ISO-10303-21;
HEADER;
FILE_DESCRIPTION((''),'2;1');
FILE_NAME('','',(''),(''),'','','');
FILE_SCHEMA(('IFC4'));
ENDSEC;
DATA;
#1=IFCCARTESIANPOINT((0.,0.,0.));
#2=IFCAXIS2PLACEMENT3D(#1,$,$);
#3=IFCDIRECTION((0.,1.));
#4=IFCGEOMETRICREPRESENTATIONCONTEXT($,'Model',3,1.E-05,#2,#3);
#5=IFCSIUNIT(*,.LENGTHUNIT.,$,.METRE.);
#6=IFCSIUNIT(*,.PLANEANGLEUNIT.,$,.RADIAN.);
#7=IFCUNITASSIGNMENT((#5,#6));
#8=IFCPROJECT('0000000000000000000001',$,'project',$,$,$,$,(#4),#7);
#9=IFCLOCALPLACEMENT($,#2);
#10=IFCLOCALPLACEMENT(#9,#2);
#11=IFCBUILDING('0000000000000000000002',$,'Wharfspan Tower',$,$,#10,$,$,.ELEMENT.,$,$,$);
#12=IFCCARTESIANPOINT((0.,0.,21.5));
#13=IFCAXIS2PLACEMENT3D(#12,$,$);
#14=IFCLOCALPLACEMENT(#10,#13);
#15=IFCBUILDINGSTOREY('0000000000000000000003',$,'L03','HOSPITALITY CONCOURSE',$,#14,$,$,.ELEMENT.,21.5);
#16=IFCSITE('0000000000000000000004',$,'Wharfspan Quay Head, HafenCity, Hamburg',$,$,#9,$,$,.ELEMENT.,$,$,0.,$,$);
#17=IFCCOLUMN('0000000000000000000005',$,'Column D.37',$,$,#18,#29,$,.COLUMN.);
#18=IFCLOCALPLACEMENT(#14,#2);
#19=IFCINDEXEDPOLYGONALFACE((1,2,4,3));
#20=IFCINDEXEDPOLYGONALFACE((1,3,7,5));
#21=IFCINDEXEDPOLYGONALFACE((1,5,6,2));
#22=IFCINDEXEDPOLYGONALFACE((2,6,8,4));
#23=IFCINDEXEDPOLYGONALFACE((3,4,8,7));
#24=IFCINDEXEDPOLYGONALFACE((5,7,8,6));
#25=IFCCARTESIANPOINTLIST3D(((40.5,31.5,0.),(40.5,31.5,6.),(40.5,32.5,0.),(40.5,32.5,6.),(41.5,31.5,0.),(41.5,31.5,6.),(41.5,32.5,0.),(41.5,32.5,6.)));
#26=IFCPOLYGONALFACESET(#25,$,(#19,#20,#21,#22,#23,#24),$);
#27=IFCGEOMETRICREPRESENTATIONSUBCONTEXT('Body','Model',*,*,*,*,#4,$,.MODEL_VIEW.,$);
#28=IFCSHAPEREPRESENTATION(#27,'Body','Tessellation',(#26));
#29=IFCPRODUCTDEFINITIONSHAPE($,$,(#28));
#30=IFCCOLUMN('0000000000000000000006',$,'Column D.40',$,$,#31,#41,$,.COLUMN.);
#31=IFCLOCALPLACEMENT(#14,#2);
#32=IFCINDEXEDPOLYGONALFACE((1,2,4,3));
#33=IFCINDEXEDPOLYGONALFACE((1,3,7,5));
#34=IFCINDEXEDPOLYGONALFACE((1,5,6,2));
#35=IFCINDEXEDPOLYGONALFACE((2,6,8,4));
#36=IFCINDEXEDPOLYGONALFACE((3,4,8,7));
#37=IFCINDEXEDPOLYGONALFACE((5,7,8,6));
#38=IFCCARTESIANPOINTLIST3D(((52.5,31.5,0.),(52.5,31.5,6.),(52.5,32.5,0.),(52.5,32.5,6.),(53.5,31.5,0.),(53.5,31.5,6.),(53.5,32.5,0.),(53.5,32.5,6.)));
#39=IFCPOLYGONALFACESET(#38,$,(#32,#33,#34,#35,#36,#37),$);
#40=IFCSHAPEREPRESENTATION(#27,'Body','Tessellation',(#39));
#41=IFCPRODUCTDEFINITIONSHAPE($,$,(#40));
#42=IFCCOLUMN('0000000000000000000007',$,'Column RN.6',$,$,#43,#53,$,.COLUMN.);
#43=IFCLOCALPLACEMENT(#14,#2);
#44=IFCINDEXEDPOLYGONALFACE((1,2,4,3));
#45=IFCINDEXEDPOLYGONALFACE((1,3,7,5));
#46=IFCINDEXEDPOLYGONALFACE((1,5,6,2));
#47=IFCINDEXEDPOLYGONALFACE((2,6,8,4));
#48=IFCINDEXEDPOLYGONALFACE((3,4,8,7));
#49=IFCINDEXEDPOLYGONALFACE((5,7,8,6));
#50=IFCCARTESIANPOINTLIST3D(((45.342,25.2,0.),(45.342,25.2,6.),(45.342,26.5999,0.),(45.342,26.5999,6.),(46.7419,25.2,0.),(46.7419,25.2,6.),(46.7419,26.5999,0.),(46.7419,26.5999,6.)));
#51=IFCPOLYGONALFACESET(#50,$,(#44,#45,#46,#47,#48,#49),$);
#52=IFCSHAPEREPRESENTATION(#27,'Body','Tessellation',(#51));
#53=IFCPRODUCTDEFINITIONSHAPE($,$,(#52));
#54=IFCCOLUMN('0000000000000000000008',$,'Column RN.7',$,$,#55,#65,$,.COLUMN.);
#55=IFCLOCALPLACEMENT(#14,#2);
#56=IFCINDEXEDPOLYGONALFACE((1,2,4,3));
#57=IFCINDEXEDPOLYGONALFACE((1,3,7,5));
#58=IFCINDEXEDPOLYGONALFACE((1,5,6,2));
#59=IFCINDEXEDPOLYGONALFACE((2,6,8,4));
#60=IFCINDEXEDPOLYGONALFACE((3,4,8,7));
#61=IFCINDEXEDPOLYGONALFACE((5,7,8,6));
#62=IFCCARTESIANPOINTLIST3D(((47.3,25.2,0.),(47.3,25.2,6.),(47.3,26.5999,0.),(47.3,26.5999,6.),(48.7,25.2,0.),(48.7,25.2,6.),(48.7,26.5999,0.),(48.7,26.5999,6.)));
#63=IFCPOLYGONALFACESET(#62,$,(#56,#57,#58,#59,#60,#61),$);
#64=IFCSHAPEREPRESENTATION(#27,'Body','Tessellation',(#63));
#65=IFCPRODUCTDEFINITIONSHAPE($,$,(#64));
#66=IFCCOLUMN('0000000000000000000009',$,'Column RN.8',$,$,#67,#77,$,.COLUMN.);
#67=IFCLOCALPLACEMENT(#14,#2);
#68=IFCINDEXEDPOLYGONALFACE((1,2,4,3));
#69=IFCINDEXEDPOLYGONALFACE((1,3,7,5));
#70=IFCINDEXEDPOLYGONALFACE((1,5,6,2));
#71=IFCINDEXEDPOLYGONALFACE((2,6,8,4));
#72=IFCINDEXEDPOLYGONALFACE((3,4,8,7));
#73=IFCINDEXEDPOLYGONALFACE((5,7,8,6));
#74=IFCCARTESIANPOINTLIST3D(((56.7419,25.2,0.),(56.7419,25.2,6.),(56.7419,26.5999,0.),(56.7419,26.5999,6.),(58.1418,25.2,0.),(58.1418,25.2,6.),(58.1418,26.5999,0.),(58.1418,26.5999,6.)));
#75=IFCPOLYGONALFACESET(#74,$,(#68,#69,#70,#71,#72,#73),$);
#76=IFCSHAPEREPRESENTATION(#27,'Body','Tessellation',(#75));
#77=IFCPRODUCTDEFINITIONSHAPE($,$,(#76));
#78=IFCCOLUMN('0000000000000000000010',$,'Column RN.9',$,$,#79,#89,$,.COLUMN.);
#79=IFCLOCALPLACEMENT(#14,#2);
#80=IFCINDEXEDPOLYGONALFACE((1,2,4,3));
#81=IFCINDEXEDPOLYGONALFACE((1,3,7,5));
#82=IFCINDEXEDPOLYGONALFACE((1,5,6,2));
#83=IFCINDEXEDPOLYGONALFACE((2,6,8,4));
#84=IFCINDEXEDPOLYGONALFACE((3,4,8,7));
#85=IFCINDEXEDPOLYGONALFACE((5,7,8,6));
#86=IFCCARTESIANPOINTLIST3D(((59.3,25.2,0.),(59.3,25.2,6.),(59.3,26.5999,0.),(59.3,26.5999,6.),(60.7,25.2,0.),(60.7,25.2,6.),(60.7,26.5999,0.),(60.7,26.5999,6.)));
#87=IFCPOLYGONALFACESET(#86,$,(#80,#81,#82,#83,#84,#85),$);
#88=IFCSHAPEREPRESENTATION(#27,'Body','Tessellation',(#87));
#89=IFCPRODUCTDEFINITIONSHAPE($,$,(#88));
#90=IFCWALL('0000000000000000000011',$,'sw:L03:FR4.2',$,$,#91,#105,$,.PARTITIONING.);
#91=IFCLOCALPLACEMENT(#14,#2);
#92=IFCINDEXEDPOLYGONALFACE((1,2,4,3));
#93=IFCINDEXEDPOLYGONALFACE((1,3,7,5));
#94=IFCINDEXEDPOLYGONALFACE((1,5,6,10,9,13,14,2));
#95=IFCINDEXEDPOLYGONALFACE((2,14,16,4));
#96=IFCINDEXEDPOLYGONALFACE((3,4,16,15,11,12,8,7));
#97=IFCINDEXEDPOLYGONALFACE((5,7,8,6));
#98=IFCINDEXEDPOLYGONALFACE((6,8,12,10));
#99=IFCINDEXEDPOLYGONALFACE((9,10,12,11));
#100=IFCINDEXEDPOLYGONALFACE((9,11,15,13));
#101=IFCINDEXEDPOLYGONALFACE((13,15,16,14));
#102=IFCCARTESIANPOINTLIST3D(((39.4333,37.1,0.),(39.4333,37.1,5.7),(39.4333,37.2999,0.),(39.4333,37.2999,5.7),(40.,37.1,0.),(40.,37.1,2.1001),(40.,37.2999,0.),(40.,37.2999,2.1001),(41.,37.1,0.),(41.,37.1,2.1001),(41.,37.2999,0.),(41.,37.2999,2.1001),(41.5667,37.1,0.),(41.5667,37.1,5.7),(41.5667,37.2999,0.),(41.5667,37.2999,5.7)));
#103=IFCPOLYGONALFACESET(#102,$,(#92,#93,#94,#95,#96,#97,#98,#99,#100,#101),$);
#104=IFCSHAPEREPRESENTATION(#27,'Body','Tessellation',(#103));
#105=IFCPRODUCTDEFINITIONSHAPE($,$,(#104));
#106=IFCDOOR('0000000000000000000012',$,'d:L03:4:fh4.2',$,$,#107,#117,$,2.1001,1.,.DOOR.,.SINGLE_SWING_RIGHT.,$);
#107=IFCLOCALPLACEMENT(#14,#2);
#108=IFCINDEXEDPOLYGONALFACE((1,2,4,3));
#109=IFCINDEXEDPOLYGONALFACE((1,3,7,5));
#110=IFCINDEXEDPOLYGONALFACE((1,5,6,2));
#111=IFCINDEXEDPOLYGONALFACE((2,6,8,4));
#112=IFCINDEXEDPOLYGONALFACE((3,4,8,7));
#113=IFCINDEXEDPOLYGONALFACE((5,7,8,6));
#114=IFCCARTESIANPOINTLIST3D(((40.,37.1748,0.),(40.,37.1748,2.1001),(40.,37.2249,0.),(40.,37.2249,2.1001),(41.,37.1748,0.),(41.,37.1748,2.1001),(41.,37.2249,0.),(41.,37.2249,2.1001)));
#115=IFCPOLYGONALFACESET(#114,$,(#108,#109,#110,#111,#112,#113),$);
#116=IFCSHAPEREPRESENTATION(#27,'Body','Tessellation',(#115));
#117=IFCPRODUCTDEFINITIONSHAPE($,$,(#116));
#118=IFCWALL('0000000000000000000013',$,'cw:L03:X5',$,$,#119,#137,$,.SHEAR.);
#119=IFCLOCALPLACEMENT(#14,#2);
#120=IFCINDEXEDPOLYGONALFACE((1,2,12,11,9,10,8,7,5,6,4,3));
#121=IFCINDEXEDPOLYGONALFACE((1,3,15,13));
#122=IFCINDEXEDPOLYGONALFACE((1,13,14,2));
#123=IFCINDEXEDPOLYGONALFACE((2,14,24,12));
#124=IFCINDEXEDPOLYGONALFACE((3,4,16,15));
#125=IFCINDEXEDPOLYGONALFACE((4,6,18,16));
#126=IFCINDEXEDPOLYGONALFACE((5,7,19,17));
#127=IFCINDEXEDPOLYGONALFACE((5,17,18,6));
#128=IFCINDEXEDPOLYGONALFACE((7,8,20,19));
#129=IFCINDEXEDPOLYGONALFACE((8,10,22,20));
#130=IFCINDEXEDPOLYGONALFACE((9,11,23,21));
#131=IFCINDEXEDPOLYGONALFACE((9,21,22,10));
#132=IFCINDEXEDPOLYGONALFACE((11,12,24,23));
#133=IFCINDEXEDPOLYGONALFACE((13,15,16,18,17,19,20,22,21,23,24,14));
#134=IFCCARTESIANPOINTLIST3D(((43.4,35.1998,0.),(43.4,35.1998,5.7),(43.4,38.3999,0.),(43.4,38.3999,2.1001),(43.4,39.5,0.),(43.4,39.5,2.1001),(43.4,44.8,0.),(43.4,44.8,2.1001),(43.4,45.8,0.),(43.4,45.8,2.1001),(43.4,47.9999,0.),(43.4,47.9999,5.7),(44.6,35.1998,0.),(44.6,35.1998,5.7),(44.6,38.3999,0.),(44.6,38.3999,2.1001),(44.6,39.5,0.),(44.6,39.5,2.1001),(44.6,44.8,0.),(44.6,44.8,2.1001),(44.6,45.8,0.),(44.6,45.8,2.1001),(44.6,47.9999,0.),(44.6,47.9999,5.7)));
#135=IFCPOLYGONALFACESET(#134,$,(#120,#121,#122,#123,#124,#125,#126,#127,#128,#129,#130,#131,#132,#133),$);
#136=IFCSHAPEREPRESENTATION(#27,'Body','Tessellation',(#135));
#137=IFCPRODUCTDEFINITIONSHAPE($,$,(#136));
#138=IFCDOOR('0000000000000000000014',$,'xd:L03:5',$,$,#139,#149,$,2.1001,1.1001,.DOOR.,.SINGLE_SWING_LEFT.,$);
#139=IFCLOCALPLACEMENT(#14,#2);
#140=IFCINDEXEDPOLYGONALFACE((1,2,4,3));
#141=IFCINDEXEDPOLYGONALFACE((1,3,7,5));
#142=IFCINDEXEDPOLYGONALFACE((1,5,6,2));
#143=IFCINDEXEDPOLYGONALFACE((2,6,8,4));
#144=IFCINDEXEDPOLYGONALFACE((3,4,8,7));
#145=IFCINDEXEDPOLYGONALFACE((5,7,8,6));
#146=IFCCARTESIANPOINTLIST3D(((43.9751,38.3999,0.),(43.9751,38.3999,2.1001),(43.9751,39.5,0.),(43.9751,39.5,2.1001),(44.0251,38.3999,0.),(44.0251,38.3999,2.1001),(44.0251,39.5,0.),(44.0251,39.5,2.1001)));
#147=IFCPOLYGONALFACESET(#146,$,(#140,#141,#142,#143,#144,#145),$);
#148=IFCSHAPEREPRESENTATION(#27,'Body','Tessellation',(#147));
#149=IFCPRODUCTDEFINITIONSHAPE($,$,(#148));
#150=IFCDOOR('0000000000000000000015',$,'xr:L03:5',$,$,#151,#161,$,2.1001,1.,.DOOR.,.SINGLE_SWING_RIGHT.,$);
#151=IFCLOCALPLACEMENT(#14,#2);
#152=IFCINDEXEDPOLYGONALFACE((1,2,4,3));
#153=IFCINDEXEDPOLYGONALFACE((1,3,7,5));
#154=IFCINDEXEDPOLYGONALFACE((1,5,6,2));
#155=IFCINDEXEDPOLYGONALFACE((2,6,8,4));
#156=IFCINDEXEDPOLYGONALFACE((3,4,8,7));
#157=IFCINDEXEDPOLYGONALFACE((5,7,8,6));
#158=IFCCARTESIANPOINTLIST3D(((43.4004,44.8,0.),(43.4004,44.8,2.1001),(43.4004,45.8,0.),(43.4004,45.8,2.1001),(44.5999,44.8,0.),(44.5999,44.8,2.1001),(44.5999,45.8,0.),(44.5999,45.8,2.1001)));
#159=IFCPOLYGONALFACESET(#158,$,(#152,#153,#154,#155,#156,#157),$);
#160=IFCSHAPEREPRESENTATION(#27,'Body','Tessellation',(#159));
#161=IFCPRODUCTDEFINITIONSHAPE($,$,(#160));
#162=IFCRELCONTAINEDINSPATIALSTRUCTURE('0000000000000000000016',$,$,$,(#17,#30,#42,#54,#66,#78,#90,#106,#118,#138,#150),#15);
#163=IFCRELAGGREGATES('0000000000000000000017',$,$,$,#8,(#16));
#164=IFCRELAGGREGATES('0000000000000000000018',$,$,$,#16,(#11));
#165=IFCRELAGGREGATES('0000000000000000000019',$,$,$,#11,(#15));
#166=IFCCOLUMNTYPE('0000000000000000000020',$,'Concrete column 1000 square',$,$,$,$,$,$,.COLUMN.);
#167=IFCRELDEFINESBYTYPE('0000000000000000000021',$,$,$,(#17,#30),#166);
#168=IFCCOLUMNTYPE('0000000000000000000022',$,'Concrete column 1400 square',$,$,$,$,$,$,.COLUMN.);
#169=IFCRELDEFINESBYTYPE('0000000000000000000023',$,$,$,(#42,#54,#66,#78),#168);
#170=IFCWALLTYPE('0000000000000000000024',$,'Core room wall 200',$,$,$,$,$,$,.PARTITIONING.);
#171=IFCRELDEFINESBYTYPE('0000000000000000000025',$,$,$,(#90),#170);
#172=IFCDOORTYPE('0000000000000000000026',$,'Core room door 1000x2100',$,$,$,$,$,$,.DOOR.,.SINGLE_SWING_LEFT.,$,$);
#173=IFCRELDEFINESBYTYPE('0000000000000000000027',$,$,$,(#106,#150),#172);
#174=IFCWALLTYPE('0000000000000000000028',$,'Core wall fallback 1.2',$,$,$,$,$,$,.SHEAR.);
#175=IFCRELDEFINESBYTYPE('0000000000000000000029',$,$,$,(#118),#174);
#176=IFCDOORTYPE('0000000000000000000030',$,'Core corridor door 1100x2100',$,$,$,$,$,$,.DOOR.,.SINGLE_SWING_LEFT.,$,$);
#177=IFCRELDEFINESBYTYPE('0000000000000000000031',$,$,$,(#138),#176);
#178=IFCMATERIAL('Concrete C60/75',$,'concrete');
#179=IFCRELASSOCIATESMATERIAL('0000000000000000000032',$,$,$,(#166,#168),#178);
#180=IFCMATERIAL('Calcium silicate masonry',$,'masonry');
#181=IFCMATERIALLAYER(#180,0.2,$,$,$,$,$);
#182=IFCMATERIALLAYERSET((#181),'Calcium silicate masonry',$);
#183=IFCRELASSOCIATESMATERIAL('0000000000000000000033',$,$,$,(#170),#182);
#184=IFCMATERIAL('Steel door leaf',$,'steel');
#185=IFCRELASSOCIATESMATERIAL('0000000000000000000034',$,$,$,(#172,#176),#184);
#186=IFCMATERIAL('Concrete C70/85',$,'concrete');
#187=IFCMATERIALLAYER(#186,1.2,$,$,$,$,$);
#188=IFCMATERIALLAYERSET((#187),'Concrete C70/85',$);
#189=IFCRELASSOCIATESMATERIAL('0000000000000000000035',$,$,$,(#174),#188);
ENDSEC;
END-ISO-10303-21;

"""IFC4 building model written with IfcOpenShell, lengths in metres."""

from ifc_helpers import new_model, si_unit, direction, frame, frame_2d, origin, origin_2d, place, context, subcontext, project, spatial, rectangle, extrude, material, layer, layer_set, material_profile, profile_set, type_object, element, fill, save


model = new_model("IFC4")

# Units and contexts
model_context = context("Model", 3, precision=1e-05, world=origin(), true_north=direction((0.0, 1.0)))
body_context = subcontext(model_context, "Body", "Model", "MODEL_VIEW")
ifc_project = project(units=[si_unit("LENGTHUNIT", "METRE"), si_unit("PLANEANGLEUNIT", "RADIAN")], contexts=[model_context])

# Site, building, storey
site_placement = place(None, origin())
site = spatial("IfcSite", under=ifc_project, at=site_placement, Name="Wharfspan Quay Head, HafenCity, Hamburg", CompositionType="ELEMENT", RefElevation=0.0)
building_placement = place(site_placement, origin())
building = spatial("IfcBuilding", under=site, at=building_placement, Name="Wharfspan Tower", CompositionType="ELEMENT")
storey_placement = place(building_placement, frame((0.0, 0.0, 21.5)))
storey = spatial("IfcBuildingStorey", under=building, at=storey_placement, Name="L03", Description="HOSPITALITY CONCOURSE", CompositionType="ELEMENT", Elevation=21.5)

# Columns
ifc_material_1 = material(Name="Concrete C60/75", Category="concrete")
ifc_material_profile_1 = material_profile(ifc_material_1, rectangle(XDim=1.0, YDim=1.0, at=origin_2d()))
ifc_profile_set_1 = profile_set([ifc_material_profile_1], Name="Concrete C60/75")
column_type_1 = type_object("IfcColumnType", Name="Concrete column 1000 square", PredefinedType="COLUMN", material=ifc_profile_set_1)
for number, where, z_axis, x_axis, name in (
    (1, (41.0, 32.0, 0.0), (0.0, 0.0, 1.0), (1.0, 0.0, 0.0), "Column D.37"),
    (2, (53.0, 32.0, 0.0), (0.0, 0.0, 1.0), (1.0, 0.0, 0.0), "Column D.40"),
):
    element("IfcColumn", number, at=place(storey_placement, frame(where, z_axis=z_axis, x_axis=x_axis)), inside=storey, type_object=column_type_1, Name=name, PredefinedType="COLUMN", context=body_context, shape_type="SweptSolid", body=[
        extrude(rectangle(XDim=1.0, YDim=1.0, at=origin_2d()), origin(), (0.0, 0.0, 1.0), 6.0),
    ])
ifc_material_profile_2 = material_profile(ifc_material_1, rectangle(XDim=1.3999, YDim=1.3999, at=origin_2d()))
ifc_profile_set_2 = profile_set([ifc_material_profile_2], Name="Concrete C60/75")
column_type_2 = type_object("IfcColumnType", Name="Concrete column 1400 square", PredefinedType="COLUMN", material=ifc_profile_set_2)
for number, where, z_axis, x_axis, name in (
    (3, (46.042, 25.8999, 0.0), (0.0, 0.0, 1.0), (1.0, 0.0, 0.0), "Column RN.6"),
    (4, (48.0, 25.8999, 0.0), (0.0, 0.0, 1.0), (1.0, 0.0, 0.0), "Column RN.7"),
    (5, (57.4419, 25.8999, 0.0), (0.0, 0.0, 1.0), (1.0, 0.0, 0.0), "Column RN.8"),
    (6, (60.0, 25.8999, 0.0), (0.0, 0.0, 1.0), (1.0, 0.0, 0.0), "Column RN.9"),
):
    element("IfcColumn", number, at=place(storey_placement, frame(where, z_axis=z_axis, x_axis=x_axis)), inside=storey, type_object=column_type_2, Name=name, PredefinedType="COLUMN", context=body_context, shape_type="SweptSolid", body=[
        extrude(rectangle(XDim=1.3999, YDim=1.3999, at=origin_2d()), origin(), (0.0, 0.0, 1.0), 6.0),
    ])

# Wall, opening, door
ifc_material_2 = material(Name="Calcium silicate masonry", Category="masonry")
ifc_layer_1 = layer(ifc_material_2, 0.2)
ifc_layer_set_1 = layer_set([ifc_layer_1], Name="Calcium silicate masonry")
wall_type_1 = type_object("IfcWallType", Name="Core room wall 200", PredefinedType="PARTITIONING", material=ifc_layer_set_1)
wall_1_placement = place(storey_placement, frame((39.4333, 37.2, 0.0), z_axis=(0.0, 0.0, 1.0), x_axis=(1.0, 0.0, 0.0)))
wall_1 = element("IfcWall", 7, at=wall_1_placement, inside=storey, type_object=wall_type_1, Name="sw:L03:FR4.2", PredefinedType="PARTITIONING", context=body_context, shape_type="SweptSolid", body=[
    extrude(rectangle(XDim=2.1333, YDim=0.2, at=frame_2d((1.0667, 0.0))), origin(), (0.0, 0.0, 1.0), 5.7),
])
opening_1_placement = place(wall_1_placement, frame((0.5666, 0.0, 0.0)))
opening_1 = element("IfcOpeningElement", 8, at=opening_1_placement, cuts=wall_1, PredefinedType="OPENING", context=body_context, shape_type="SweptSolid", body=[
    extrude(rectangle(XDim=1.0, YDim=2.1001, at=frame_2d((0.5, 1.05))), frame((0.0, 0.1099, 0.0), z_axis=(0.0, -1.0, 0.0), x_axis=(1.0, 0.0, 0.0)), (0.0, 0.0, 1.0), 0.22),
])
ifc_material_3 = material(Name="Steel door leaf", Category="steel")
door_type_1 = type_object("IfcDoorType", Name="Core room door 1000x2100", OperationType="SINGLE_SWING_LEFT", PredefinedType="DOOR", material=ifc_material_3)
door_1_placement = place(opening_1_placement, origin())
door_1 = element("IfcDoor", 9, at=door_1_placement, inside=storey, type_object=door_type_1, Name="d:L03:4:fh4.2", OperationType="SINGLE_SWING_RIGHT", OverallHeight=2.1001, OverallWidth=1.0, PredefinedType="DOOR", context=body_context, shape_type="SweptSolid", body=[
    extrude(rectangle(XDim=1.0, YDim=2.1001, at=frame_2d((0.5, 1.05))), frame((0.0, 0.0249, 0.0), z_axis=(0.0, -1.0, 0.0), x_axis=(1.0, 0.0, 0.0)), (0.0, 0.0, 1.0), 0.05),
])
fill(opening_1, door_1)

# Wall, openings, doors
ifc_material_4 = material(Name="Concrete C70/85", Category="concrete")
ifc_layer_2 = layer(ifc_material_4, 1.2)
ifc_layer_set_2 = layer_set([ifc_layer_2], Name="Concrete C70/85")
wall_type_2 = type_object("IfcWallType", Name="Core wall fallback 1.2", PredefinedType="SHEAR", material=ifc_layer_set_2)
wall_2_placement = place(storey_placement, frame((44.0, 35.2, 0.0), z_axis=(0.0, 0.0, 1.0), x_axis=(0.0, 1.0, 0.0)))
wall_2 = element("IfcWall", 10, at=wall_2_placement, inside=storey, type_object=wall_type_2, Name="cw:L03:X5", PredefinedType="SHEAR", context=body_context, shape_type="SweptSolid", body=[
    extrude(rectangle(XDim=12.8, YDim=1.2, at=frame_2d((6.3999, 0.0))), origin(), (0.0, 0.0, 1.0), 5.7),
])
opening_2_placement = place(wall_2_placement, frame((3.2, 0.0, 0.0)))
opening_2 = element("IfcOpeningElement", 11, at=opening_2_placement, cuts=wall_2, PredefinedType="OPENING", context=body_context, shape_type="SweptSolid", body=[
    extrude(rectangle(XDim=1.1001, YDim=2.1001, at=frame_2d((0.55, 1.05))), frame((0.0, 0.6099, 0.0), z_axis=(0.0, -1.0, 0.0), x_axis=(1.0, 0.0, 0.0)), (0.0, 0.0, 1.0), 1.22),
])
opening_3_placement = place(wall_2_placement, frame((9.6001, 0.0, 0.0)))
opening_3 = element("IfcOpeningElement", 12, at=opening_3_placement, cuts=wall_2, PredefinedType="OPENING", context=body_context, shape_type="SweptSolid", body=[
    extrude(rectangle(XDim=1.0, YDim=2.1001, at=frame_2d((0.5, 1.05))), frame((0.0, 0.6099, 0.0), z_axis=(0.0, -1.0, 0.0), x_axis=(1.0, 0.0, 0.0)), (0.0, 0.0, 1.0), 1.22),
])
door_type_2 = type_object("IfcDoorType", Name="Core corridor door 1100x2100", OperationType="SINGLE_SWING_LEFT", PredefinedType="DOOR", material=ifc_material_3)
door_2_placement = place(opening_2_placement, origin())
door_2 = element("IfcDoor", 13, at=door_2_placement, inside=storey, type_object=door_type_2, Name="xd:L03:5", OperationType="SINGLE_SWING_LEFT", OverallHeight=2.1001, OverallWidth=1.1001, PredefinedType="DOOR", context=body_context, shape_type="SweptSolid", body=[
    extrude(rectangle(XDim=1.1001, YDim=2.1001, at=frame_2d((0.55, 1.05))), frame((0.0, 0.0249, 0.0), z_axis=(0.0, -1.0, 0.0), x_axis=(1.0, 0.0, 0.0)), (0.0, 0.0, 1.0), 0.05),
])
fill(opening_2, door_2)
door_3_placement = place(opening_3_placement, origin())
door_3 = element("IfcDoor", 14, at=door_3_placement, inside=storey, type_object=door_type_1, Name="xr:L03:5", OperationType="SINGLE_SWING_RIGHT", OverallHeight=2.1001, OverallWidth=1.0, PredefinedType="DOOR", context=body_context, shape_type="SweptSolid", body=[
    extrude(rectangle(XDim=1.0, YDim=2.1001, at=frame_2d((0.5, 1.05))), frame((0.0, 0.5996, 0.0), z_axis=(0.0, -1.0, 0.0), x_axis=(1.0, 0.0, 0.0)), (0.0, 0.0, 1.0), 1.1995),
])
fill(opening_3, door_3)

save(model, "model.ifc")
